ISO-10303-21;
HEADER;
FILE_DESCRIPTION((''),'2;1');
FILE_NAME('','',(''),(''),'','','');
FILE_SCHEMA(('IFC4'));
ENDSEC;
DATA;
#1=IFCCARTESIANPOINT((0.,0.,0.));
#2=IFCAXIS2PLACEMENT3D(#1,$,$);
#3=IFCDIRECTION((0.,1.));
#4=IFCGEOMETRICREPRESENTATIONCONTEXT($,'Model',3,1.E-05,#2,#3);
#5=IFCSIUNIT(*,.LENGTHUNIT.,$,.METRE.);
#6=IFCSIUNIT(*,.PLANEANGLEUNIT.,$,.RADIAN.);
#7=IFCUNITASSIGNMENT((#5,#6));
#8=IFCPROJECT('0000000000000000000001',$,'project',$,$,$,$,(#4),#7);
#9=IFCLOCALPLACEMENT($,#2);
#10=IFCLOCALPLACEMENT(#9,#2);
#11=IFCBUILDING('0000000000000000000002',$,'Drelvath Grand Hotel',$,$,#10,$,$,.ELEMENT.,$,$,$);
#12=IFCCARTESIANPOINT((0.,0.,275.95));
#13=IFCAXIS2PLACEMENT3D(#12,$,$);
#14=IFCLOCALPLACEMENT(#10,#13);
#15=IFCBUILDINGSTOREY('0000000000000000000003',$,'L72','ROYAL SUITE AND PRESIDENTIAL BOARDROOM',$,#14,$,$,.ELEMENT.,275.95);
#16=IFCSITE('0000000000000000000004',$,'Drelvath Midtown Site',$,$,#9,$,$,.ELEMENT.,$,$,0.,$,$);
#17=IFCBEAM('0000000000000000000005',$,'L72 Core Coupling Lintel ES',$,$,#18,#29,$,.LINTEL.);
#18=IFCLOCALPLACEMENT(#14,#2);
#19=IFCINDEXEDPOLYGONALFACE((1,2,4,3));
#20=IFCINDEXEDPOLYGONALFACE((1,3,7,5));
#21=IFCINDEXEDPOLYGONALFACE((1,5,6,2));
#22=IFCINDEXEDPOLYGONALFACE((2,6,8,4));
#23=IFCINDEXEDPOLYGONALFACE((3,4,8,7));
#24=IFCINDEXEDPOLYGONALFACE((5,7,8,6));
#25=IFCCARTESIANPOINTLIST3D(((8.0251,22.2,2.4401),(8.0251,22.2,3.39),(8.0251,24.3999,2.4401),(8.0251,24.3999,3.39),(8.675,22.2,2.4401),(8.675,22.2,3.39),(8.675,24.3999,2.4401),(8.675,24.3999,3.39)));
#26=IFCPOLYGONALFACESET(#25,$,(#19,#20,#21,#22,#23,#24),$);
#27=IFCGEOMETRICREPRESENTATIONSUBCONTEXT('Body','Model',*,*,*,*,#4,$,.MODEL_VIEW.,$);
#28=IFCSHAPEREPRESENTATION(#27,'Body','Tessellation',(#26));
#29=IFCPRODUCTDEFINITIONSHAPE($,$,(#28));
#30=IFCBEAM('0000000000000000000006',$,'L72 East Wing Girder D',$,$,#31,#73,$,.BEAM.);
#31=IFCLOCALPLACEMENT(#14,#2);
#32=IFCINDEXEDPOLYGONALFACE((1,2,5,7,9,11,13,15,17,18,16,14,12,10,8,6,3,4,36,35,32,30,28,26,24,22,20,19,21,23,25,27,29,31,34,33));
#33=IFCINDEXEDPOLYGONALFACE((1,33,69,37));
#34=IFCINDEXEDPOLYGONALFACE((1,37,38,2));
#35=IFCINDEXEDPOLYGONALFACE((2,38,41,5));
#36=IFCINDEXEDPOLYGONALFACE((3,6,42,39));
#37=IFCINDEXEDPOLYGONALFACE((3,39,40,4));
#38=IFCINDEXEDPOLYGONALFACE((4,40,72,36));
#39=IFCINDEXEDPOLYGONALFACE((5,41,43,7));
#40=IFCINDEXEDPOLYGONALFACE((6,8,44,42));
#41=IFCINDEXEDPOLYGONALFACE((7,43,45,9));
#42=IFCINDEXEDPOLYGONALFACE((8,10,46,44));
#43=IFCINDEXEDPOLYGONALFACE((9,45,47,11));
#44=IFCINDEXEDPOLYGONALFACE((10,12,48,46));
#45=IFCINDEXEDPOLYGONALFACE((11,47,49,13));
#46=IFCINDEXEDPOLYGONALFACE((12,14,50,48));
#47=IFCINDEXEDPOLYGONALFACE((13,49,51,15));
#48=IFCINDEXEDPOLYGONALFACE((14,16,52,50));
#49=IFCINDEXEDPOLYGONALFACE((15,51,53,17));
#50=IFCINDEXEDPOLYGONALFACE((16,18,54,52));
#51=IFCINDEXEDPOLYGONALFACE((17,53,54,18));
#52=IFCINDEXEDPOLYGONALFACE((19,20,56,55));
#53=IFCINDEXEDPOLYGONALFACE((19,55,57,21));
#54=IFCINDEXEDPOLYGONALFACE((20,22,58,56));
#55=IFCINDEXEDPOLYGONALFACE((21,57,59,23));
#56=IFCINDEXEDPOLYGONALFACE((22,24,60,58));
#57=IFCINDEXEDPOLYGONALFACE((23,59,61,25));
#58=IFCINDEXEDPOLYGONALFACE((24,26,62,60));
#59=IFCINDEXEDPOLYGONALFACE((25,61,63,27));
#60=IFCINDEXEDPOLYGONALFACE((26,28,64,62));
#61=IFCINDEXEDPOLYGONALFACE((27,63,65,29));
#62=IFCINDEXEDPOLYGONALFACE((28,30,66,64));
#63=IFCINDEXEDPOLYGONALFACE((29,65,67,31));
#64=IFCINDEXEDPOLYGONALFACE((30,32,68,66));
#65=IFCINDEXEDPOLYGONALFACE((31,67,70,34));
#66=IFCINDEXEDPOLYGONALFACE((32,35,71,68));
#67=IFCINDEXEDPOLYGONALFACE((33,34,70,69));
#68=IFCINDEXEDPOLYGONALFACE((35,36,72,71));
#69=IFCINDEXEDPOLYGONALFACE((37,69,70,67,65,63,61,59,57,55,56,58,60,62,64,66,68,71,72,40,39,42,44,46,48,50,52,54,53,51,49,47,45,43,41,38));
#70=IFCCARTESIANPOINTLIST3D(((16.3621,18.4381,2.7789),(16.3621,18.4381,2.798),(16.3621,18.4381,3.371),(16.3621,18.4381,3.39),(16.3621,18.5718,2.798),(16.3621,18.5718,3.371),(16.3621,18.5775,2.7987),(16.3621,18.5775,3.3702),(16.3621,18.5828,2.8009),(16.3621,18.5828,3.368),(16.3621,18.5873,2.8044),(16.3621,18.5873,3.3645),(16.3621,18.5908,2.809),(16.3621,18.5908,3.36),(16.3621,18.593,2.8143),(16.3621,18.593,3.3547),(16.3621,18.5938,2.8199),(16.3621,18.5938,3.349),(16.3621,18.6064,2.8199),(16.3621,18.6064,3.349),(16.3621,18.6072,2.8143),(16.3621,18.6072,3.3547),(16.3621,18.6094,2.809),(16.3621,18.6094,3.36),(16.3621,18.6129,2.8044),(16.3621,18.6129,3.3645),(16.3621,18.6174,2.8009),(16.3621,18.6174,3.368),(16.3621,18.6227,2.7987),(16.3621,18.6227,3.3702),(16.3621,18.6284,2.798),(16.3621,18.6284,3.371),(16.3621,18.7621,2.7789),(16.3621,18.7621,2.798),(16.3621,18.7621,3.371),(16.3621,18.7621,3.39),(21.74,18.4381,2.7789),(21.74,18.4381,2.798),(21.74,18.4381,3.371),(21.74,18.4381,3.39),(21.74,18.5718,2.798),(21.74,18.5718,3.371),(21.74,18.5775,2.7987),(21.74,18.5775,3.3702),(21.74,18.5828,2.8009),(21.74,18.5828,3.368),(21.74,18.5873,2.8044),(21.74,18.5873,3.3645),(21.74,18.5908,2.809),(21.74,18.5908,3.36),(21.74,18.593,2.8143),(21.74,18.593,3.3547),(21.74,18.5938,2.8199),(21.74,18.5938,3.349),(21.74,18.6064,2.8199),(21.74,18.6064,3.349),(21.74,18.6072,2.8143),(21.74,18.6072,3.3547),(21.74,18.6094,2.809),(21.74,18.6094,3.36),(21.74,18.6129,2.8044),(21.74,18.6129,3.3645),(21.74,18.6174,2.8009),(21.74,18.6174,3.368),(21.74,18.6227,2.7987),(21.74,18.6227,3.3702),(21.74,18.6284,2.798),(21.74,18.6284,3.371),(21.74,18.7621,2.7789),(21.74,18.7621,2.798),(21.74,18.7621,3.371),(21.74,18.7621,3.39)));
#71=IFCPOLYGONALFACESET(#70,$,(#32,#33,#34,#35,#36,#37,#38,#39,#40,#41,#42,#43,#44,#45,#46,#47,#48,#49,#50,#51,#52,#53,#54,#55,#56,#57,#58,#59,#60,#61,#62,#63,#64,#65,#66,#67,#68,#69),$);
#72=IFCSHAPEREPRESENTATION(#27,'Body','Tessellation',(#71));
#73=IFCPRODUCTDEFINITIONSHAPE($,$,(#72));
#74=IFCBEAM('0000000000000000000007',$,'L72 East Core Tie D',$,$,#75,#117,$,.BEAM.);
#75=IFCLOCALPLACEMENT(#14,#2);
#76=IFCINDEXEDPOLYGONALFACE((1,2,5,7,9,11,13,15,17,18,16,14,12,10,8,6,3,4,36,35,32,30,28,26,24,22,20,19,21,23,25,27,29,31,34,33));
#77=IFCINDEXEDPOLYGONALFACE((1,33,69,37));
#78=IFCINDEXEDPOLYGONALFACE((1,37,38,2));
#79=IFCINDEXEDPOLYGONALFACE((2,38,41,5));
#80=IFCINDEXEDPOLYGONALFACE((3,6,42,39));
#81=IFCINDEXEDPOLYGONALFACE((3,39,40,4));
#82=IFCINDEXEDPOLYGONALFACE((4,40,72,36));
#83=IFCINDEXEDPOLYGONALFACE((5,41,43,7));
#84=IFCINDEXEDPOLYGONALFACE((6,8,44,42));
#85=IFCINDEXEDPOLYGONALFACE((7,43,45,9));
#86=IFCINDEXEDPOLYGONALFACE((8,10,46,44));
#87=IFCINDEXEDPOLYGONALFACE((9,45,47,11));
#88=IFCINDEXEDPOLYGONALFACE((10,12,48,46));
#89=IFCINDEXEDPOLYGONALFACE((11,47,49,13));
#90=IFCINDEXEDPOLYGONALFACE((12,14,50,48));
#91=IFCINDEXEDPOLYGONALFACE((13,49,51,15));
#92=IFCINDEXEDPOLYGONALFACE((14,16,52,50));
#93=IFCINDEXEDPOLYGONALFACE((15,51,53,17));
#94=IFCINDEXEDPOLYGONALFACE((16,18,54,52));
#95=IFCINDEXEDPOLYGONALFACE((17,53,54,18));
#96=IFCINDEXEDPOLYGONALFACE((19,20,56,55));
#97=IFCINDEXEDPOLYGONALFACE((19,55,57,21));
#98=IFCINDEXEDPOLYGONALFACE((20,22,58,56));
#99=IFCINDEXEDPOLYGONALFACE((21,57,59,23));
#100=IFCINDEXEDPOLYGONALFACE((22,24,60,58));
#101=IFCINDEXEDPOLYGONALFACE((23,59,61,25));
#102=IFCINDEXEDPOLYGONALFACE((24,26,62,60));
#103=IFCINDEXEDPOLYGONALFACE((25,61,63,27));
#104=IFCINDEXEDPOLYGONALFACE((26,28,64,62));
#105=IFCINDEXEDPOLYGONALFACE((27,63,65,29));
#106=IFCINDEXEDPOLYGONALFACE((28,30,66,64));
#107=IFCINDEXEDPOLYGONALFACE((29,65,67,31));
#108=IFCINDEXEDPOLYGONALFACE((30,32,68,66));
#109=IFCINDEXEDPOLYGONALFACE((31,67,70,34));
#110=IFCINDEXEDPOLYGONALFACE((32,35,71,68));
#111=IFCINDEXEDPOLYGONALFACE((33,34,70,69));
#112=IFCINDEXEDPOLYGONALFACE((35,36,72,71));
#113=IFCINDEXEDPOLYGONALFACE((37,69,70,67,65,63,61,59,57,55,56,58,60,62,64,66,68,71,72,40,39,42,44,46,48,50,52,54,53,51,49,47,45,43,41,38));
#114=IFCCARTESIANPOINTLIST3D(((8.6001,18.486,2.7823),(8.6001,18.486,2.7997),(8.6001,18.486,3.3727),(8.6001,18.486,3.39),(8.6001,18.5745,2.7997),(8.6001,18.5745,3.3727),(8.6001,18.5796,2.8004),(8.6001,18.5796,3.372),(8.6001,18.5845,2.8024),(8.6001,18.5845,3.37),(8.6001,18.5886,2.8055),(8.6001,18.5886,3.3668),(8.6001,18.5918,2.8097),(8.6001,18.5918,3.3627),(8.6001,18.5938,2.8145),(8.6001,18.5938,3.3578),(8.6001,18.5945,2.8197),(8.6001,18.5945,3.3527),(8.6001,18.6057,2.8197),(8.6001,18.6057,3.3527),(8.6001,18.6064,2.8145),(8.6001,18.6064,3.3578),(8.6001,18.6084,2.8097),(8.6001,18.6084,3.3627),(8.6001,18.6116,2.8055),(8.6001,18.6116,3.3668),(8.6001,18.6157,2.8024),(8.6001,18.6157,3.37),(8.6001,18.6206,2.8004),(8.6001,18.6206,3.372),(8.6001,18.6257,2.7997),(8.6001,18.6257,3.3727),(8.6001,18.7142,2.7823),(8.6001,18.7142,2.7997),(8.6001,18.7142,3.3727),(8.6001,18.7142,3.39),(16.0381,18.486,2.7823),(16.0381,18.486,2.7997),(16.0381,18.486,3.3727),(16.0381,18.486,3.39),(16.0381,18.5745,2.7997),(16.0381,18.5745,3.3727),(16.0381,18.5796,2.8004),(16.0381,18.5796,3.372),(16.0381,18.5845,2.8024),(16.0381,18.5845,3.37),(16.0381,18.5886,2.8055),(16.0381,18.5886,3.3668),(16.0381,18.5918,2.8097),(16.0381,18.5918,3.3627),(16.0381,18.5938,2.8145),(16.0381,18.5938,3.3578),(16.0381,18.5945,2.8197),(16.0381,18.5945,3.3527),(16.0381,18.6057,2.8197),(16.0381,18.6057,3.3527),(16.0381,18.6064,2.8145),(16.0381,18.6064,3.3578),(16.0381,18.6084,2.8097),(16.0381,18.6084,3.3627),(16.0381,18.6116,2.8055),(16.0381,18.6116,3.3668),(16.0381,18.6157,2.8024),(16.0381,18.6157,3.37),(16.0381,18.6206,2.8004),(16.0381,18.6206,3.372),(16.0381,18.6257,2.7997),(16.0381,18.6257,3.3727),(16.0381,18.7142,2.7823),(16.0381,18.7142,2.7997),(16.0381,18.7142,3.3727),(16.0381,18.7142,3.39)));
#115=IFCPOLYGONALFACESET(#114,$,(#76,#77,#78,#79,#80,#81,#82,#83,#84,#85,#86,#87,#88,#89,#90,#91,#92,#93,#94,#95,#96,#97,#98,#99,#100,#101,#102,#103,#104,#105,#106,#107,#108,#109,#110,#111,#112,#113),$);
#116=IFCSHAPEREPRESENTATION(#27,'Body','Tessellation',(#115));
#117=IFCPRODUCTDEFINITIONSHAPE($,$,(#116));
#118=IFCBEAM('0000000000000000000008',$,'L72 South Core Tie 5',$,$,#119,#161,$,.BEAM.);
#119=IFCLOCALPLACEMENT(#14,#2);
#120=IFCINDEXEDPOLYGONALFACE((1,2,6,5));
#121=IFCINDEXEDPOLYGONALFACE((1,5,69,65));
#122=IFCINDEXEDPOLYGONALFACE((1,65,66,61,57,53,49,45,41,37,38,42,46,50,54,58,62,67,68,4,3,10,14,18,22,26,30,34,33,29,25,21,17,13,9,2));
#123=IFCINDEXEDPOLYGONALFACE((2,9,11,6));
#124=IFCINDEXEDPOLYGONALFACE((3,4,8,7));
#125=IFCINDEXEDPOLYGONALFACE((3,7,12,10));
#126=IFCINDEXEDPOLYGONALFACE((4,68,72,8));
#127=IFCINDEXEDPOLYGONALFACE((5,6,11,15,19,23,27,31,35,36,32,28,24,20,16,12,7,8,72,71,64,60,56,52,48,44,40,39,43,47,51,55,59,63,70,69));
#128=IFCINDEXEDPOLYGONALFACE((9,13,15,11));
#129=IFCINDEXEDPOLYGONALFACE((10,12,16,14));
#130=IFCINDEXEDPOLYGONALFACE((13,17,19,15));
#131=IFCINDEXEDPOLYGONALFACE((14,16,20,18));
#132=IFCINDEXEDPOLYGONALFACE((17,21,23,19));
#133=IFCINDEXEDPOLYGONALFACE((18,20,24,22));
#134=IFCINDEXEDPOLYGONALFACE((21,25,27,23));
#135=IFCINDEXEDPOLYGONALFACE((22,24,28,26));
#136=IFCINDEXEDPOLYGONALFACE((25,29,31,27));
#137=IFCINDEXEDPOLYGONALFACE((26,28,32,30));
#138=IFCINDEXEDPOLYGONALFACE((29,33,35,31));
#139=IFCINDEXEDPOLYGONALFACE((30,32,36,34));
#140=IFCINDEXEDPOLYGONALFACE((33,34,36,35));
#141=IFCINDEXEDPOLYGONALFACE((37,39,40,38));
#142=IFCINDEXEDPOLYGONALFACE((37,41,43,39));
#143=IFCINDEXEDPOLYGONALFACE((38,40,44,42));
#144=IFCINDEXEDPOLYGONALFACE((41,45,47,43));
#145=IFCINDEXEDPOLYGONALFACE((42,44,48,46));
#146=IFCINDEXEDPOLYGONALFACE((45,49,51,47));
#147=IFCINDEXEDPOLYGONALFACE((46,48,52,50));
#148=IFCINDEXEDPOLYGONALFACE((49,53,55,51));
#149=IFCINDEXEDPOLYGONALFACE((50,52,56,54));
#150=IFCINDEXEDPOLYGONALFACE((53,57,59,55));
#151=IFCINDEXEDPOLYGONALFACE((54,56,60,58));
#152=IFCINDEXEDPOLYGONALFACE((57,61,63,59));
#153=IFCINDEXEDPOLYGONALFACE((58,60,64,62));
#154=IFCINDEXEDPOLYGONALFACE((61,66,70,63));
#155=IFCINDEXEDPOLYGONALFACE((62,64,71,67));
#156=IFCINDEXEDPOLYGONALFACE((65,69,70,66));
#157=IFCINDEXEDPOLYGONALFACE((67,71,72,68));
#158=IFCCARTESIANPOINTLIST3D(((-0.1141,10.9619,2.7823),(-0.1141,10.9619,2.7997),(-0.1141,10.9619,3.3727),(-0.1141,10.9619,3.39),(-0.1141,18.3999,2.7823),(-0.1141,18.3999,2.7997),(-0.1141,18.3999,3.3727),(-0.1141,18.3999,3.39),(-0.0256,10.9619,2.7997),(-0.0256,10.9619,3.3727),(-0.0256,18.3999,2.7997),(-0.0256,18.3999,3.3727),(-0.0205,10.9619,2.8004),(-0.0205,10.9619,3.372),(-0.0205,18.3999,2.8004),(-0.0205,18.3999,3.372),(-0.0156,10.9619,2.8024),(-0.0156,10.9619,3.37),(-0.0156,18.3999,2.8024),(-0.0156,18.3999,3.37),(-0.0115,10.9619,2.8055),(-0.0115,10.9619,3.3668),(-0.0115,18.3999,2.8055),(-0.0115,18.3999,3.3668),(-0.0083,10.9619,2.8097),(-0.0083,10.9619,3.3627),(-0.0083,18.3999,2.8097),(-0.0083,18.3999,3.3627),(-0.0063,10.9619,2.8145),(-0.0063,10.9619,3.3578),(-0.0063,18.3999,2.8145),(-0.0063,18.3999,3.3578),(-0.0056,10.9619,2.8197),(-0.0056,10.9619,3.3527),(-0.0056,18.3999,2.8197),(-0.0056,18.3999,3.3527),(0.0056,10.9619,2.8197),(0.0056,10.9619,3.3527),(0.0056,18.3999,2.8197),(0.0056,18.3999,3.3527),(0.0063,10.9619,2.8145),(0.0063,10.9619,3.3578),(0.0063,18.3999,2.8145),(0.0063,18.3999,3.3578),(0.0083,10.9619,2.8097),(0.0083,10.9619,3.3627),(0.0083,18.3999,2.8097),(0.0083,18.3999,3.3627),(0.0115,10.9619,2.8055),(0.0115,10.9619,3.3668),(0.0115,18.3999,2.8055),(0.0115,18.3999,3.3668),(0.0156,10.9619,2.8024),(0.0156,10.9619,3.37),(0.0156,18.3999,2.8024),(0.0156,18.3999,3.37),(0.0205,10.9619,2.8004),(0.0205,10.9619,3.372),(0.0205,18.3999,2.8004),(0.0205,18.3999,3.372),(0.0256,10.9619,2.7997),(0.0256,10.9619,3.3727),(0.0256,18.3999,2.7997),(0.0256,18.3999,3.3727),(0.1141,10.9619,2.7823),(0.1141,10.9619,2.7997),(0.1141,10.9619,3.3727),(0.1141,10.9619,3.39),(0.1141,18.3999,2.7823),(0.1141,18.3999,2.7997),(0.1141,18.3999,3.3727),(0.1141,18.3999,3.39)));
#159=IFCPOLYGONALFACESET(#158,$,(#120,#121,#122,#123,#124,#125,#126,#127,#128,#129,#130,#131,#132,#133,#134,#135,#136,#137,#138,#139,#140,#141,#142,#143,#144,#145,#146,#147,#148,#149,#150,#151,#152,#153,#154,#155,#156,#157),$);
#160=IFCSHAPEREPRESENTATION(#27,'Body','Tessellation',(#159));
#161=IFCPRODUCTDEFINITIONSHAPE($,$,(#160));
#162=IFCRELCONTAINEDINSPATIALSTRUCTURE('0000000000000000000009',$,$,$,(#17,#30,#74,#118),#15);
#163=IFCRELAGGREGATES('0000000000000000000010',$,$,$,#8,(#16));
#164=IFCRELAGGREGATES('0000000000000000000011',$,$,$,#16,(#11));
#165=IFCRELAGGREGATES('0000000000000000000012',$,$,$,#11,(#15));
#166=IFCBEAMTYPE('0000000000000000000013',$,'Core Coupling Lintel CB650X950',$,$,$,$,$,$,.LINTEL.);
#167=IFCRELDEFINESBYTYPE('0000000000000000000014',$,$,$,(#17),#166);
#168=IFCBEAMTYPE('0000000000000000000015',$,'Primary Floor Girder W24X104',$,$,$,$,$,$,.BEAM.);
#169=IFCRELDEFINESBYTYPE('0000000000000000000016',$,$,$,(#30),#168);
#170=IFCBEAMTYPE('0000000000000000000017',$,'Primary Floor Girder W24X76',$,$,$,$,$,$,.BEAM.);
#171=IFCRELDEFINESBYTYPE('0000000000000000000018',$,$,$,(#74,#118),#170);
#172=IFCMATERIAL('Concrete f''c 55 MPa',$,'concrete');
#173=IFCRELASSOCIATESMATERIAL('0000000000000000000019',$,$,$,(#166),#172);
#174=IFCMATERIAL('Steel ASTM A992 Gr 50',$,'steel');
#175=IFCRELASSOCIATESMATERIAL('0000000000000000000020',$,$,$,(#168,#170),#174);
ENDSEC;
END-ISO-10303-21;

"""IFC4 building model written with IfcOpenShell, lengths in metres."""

from ifc_helpers import new_model, si_unit, direction, frame, origin, origin_2d, place, context, subcontext, project, spatial, rectangle, i_section, extrude, material, material_profile, profile_set, type_object, element, save


model = new_model("IFC4")

# Units and contexts
model_context = context("Model", 3, precision=1e-05, world=origin(), true_north=direction((0.0, 1.0)))
body_context = subcontext(model_context, "Body", "Model", "MODEL_VIEW")
ifc_project = project(units=[si_unit("LENGTHUNIT", "METRE"), si_unit("PLANEANGLEUNIT", "RADIAN")], contexts=[model_context])

# Site, building, storey
site_placement = place(None, origin())
site = spatial("IfcSite", under=ifc_project, at=site_placement, Name="Drelvath Midtown Site", CompositionType="ELEMENT", RefElevation=0.0)
building_placement = place(site_placement, origin())
building = spatial("IfcBuilding", under=site, at=building_placement, Name="Drelvath Grand Hotel", CompositionType="ELEMENT")
storey_placement = place(building_placement, frame((0.0, 0.0, 275.95)))
storey = spatial("IfcBuildingStorey", under=building, at=storey_placement, Name="L72", Description="ROYAL SUITE AND PRESIDENTIAL BOARDROOM", CompositionType="ELEMENT", Elevation=275.95)

# Beams
ifc_material_1 = material(Name="Concrete f'c 55 MPa", Category="concrete")
ifc_material_profile_1 = material_profile(ifc_material_1, rectangle(XDim=0.6499, YDim=0.95, at=origin_2d()), Name="CB650X950")
ifc_profile_set_1 = profile_set([ifc_material_profile_1], Name="Concrete f'c 55 MPa")
beam_type_1 = type_object("IfcBeamType", Name="Core Coupling Lintel CB650X950", PredefinedType="LINTEL", material=ifc_profile_set_1)
beam_1_placement = place(storey_placement, frame((8.3501, 22.2, 2.915), z_axis=(0.0, 1.0, 0.0), x_axis=(-1.0, 0.0, 0.0)))
element("IfcBeam", 1, at=beam_1_placement, inside=storey, type_object=beam_type_1, Name="L72 Core Coupling Lintel ES", PredefinedType="LINTEL", context=body_context, shape_type="SweptSolid", body=[
    extrude(rectangle(XDim=0.6499, YDim=0.95, at=origin_2d()), origin(), (0.0, 0.0, 1.0), 2.2),
])
ifc_material_2 = material(Name="Steel ASTM A992 Gr 50", Category="steel")
ifc_material_profile_2 = material_profile(ifc_material_2, i_section(OverallWidth=0.324, OverallDepth=0.6111, WebThickness=0.0127, FlangeThickness=0.019, FilletRadius=0.022, at=origin_2d()), Name="W24X104")
ifc_profile_set_2 = profile_set([ifc_material_profile_2], Name="Steel ASTM A992 Gr 50")
beam_type_2 = type_object("IfcBeamType", Name="Primary Floor Girder W24X104", PredefinedType="BEAM", material=ifc_profile_set_2)
beam_2_placement = place(storey_placement, frame((16.3621, 18.6001, 3.0845), z_axis=(1.0, 0.0, 0.0), x_axis=(0.0, 1.0, 0.0)))
element("IfcBeam", 2, at=beam_2_placement, inside=storey, type_object=beam_type_2, Name="L72 East Wing Girder D", PredefinedType="BEAM", context=body_context, shape_type="SweptSolid", body=[
    extrude(i_section(OverallWidth=0.324, OverallDepth=0.6111, WebThickness=0.0127, FlangeThickness=0.019, FilletRadius=0.022, at=origin_2d()), origin(), (0.0, 0.0, 1.0), 5.3779),
])
ifc_material_profile_3 = material_profile(ifc_material_2, i_section(OverallWidth=0.2283, OverallDepth=0.6077, WebThickness=0.0112, FlangeThickness=0.0173, FilletRadius=0.02, at=origin_2d()), Name="W24X76")
ifc_profile_set_3 = profile_set([ifc_material_profile_3], Name="Steel ASTM A992 Gr 50")
beam_type_3 = type_object("IfcBeamType", Name="Primary Floor Girder W24X76", PredefinedType="BEAM", material=ifc_profile_set_3)
for number, where, z_axis, x_axis, name in (
    (3, (8.6001, 18.6001, 3.0862), (1.0, 0.0, 0.0), (0.0, 1.0, 0.0), "L72 East Core Tie D"),
    (4, (0.0, 10.9619, 3.0862), (0.0, 1.0, 0.0), (-1.0, 0.0, 0.0), "L72 South Core Tie 5"),
):
    element("IfcBeam", number, at=place(storey_placement, frame(where, z_axis=z_axis, x_axis=x_axis)), inside=storey, type_object=beam_type_3, Name=name, PredefinedType="BEAM", context=body_context, shape_type="SweptSolid", body=[
        extrude(i_section(OverallWidth=0.2283, OverallDepth=0.6077, WebThickness=0.0112, FlangeThickness=0.0173, FilletRadius=0.02, at=origin_2d()), origin(), (0.0, 0.0, 1.0), 7.438),
    ])

save(model, "model.ifc")
